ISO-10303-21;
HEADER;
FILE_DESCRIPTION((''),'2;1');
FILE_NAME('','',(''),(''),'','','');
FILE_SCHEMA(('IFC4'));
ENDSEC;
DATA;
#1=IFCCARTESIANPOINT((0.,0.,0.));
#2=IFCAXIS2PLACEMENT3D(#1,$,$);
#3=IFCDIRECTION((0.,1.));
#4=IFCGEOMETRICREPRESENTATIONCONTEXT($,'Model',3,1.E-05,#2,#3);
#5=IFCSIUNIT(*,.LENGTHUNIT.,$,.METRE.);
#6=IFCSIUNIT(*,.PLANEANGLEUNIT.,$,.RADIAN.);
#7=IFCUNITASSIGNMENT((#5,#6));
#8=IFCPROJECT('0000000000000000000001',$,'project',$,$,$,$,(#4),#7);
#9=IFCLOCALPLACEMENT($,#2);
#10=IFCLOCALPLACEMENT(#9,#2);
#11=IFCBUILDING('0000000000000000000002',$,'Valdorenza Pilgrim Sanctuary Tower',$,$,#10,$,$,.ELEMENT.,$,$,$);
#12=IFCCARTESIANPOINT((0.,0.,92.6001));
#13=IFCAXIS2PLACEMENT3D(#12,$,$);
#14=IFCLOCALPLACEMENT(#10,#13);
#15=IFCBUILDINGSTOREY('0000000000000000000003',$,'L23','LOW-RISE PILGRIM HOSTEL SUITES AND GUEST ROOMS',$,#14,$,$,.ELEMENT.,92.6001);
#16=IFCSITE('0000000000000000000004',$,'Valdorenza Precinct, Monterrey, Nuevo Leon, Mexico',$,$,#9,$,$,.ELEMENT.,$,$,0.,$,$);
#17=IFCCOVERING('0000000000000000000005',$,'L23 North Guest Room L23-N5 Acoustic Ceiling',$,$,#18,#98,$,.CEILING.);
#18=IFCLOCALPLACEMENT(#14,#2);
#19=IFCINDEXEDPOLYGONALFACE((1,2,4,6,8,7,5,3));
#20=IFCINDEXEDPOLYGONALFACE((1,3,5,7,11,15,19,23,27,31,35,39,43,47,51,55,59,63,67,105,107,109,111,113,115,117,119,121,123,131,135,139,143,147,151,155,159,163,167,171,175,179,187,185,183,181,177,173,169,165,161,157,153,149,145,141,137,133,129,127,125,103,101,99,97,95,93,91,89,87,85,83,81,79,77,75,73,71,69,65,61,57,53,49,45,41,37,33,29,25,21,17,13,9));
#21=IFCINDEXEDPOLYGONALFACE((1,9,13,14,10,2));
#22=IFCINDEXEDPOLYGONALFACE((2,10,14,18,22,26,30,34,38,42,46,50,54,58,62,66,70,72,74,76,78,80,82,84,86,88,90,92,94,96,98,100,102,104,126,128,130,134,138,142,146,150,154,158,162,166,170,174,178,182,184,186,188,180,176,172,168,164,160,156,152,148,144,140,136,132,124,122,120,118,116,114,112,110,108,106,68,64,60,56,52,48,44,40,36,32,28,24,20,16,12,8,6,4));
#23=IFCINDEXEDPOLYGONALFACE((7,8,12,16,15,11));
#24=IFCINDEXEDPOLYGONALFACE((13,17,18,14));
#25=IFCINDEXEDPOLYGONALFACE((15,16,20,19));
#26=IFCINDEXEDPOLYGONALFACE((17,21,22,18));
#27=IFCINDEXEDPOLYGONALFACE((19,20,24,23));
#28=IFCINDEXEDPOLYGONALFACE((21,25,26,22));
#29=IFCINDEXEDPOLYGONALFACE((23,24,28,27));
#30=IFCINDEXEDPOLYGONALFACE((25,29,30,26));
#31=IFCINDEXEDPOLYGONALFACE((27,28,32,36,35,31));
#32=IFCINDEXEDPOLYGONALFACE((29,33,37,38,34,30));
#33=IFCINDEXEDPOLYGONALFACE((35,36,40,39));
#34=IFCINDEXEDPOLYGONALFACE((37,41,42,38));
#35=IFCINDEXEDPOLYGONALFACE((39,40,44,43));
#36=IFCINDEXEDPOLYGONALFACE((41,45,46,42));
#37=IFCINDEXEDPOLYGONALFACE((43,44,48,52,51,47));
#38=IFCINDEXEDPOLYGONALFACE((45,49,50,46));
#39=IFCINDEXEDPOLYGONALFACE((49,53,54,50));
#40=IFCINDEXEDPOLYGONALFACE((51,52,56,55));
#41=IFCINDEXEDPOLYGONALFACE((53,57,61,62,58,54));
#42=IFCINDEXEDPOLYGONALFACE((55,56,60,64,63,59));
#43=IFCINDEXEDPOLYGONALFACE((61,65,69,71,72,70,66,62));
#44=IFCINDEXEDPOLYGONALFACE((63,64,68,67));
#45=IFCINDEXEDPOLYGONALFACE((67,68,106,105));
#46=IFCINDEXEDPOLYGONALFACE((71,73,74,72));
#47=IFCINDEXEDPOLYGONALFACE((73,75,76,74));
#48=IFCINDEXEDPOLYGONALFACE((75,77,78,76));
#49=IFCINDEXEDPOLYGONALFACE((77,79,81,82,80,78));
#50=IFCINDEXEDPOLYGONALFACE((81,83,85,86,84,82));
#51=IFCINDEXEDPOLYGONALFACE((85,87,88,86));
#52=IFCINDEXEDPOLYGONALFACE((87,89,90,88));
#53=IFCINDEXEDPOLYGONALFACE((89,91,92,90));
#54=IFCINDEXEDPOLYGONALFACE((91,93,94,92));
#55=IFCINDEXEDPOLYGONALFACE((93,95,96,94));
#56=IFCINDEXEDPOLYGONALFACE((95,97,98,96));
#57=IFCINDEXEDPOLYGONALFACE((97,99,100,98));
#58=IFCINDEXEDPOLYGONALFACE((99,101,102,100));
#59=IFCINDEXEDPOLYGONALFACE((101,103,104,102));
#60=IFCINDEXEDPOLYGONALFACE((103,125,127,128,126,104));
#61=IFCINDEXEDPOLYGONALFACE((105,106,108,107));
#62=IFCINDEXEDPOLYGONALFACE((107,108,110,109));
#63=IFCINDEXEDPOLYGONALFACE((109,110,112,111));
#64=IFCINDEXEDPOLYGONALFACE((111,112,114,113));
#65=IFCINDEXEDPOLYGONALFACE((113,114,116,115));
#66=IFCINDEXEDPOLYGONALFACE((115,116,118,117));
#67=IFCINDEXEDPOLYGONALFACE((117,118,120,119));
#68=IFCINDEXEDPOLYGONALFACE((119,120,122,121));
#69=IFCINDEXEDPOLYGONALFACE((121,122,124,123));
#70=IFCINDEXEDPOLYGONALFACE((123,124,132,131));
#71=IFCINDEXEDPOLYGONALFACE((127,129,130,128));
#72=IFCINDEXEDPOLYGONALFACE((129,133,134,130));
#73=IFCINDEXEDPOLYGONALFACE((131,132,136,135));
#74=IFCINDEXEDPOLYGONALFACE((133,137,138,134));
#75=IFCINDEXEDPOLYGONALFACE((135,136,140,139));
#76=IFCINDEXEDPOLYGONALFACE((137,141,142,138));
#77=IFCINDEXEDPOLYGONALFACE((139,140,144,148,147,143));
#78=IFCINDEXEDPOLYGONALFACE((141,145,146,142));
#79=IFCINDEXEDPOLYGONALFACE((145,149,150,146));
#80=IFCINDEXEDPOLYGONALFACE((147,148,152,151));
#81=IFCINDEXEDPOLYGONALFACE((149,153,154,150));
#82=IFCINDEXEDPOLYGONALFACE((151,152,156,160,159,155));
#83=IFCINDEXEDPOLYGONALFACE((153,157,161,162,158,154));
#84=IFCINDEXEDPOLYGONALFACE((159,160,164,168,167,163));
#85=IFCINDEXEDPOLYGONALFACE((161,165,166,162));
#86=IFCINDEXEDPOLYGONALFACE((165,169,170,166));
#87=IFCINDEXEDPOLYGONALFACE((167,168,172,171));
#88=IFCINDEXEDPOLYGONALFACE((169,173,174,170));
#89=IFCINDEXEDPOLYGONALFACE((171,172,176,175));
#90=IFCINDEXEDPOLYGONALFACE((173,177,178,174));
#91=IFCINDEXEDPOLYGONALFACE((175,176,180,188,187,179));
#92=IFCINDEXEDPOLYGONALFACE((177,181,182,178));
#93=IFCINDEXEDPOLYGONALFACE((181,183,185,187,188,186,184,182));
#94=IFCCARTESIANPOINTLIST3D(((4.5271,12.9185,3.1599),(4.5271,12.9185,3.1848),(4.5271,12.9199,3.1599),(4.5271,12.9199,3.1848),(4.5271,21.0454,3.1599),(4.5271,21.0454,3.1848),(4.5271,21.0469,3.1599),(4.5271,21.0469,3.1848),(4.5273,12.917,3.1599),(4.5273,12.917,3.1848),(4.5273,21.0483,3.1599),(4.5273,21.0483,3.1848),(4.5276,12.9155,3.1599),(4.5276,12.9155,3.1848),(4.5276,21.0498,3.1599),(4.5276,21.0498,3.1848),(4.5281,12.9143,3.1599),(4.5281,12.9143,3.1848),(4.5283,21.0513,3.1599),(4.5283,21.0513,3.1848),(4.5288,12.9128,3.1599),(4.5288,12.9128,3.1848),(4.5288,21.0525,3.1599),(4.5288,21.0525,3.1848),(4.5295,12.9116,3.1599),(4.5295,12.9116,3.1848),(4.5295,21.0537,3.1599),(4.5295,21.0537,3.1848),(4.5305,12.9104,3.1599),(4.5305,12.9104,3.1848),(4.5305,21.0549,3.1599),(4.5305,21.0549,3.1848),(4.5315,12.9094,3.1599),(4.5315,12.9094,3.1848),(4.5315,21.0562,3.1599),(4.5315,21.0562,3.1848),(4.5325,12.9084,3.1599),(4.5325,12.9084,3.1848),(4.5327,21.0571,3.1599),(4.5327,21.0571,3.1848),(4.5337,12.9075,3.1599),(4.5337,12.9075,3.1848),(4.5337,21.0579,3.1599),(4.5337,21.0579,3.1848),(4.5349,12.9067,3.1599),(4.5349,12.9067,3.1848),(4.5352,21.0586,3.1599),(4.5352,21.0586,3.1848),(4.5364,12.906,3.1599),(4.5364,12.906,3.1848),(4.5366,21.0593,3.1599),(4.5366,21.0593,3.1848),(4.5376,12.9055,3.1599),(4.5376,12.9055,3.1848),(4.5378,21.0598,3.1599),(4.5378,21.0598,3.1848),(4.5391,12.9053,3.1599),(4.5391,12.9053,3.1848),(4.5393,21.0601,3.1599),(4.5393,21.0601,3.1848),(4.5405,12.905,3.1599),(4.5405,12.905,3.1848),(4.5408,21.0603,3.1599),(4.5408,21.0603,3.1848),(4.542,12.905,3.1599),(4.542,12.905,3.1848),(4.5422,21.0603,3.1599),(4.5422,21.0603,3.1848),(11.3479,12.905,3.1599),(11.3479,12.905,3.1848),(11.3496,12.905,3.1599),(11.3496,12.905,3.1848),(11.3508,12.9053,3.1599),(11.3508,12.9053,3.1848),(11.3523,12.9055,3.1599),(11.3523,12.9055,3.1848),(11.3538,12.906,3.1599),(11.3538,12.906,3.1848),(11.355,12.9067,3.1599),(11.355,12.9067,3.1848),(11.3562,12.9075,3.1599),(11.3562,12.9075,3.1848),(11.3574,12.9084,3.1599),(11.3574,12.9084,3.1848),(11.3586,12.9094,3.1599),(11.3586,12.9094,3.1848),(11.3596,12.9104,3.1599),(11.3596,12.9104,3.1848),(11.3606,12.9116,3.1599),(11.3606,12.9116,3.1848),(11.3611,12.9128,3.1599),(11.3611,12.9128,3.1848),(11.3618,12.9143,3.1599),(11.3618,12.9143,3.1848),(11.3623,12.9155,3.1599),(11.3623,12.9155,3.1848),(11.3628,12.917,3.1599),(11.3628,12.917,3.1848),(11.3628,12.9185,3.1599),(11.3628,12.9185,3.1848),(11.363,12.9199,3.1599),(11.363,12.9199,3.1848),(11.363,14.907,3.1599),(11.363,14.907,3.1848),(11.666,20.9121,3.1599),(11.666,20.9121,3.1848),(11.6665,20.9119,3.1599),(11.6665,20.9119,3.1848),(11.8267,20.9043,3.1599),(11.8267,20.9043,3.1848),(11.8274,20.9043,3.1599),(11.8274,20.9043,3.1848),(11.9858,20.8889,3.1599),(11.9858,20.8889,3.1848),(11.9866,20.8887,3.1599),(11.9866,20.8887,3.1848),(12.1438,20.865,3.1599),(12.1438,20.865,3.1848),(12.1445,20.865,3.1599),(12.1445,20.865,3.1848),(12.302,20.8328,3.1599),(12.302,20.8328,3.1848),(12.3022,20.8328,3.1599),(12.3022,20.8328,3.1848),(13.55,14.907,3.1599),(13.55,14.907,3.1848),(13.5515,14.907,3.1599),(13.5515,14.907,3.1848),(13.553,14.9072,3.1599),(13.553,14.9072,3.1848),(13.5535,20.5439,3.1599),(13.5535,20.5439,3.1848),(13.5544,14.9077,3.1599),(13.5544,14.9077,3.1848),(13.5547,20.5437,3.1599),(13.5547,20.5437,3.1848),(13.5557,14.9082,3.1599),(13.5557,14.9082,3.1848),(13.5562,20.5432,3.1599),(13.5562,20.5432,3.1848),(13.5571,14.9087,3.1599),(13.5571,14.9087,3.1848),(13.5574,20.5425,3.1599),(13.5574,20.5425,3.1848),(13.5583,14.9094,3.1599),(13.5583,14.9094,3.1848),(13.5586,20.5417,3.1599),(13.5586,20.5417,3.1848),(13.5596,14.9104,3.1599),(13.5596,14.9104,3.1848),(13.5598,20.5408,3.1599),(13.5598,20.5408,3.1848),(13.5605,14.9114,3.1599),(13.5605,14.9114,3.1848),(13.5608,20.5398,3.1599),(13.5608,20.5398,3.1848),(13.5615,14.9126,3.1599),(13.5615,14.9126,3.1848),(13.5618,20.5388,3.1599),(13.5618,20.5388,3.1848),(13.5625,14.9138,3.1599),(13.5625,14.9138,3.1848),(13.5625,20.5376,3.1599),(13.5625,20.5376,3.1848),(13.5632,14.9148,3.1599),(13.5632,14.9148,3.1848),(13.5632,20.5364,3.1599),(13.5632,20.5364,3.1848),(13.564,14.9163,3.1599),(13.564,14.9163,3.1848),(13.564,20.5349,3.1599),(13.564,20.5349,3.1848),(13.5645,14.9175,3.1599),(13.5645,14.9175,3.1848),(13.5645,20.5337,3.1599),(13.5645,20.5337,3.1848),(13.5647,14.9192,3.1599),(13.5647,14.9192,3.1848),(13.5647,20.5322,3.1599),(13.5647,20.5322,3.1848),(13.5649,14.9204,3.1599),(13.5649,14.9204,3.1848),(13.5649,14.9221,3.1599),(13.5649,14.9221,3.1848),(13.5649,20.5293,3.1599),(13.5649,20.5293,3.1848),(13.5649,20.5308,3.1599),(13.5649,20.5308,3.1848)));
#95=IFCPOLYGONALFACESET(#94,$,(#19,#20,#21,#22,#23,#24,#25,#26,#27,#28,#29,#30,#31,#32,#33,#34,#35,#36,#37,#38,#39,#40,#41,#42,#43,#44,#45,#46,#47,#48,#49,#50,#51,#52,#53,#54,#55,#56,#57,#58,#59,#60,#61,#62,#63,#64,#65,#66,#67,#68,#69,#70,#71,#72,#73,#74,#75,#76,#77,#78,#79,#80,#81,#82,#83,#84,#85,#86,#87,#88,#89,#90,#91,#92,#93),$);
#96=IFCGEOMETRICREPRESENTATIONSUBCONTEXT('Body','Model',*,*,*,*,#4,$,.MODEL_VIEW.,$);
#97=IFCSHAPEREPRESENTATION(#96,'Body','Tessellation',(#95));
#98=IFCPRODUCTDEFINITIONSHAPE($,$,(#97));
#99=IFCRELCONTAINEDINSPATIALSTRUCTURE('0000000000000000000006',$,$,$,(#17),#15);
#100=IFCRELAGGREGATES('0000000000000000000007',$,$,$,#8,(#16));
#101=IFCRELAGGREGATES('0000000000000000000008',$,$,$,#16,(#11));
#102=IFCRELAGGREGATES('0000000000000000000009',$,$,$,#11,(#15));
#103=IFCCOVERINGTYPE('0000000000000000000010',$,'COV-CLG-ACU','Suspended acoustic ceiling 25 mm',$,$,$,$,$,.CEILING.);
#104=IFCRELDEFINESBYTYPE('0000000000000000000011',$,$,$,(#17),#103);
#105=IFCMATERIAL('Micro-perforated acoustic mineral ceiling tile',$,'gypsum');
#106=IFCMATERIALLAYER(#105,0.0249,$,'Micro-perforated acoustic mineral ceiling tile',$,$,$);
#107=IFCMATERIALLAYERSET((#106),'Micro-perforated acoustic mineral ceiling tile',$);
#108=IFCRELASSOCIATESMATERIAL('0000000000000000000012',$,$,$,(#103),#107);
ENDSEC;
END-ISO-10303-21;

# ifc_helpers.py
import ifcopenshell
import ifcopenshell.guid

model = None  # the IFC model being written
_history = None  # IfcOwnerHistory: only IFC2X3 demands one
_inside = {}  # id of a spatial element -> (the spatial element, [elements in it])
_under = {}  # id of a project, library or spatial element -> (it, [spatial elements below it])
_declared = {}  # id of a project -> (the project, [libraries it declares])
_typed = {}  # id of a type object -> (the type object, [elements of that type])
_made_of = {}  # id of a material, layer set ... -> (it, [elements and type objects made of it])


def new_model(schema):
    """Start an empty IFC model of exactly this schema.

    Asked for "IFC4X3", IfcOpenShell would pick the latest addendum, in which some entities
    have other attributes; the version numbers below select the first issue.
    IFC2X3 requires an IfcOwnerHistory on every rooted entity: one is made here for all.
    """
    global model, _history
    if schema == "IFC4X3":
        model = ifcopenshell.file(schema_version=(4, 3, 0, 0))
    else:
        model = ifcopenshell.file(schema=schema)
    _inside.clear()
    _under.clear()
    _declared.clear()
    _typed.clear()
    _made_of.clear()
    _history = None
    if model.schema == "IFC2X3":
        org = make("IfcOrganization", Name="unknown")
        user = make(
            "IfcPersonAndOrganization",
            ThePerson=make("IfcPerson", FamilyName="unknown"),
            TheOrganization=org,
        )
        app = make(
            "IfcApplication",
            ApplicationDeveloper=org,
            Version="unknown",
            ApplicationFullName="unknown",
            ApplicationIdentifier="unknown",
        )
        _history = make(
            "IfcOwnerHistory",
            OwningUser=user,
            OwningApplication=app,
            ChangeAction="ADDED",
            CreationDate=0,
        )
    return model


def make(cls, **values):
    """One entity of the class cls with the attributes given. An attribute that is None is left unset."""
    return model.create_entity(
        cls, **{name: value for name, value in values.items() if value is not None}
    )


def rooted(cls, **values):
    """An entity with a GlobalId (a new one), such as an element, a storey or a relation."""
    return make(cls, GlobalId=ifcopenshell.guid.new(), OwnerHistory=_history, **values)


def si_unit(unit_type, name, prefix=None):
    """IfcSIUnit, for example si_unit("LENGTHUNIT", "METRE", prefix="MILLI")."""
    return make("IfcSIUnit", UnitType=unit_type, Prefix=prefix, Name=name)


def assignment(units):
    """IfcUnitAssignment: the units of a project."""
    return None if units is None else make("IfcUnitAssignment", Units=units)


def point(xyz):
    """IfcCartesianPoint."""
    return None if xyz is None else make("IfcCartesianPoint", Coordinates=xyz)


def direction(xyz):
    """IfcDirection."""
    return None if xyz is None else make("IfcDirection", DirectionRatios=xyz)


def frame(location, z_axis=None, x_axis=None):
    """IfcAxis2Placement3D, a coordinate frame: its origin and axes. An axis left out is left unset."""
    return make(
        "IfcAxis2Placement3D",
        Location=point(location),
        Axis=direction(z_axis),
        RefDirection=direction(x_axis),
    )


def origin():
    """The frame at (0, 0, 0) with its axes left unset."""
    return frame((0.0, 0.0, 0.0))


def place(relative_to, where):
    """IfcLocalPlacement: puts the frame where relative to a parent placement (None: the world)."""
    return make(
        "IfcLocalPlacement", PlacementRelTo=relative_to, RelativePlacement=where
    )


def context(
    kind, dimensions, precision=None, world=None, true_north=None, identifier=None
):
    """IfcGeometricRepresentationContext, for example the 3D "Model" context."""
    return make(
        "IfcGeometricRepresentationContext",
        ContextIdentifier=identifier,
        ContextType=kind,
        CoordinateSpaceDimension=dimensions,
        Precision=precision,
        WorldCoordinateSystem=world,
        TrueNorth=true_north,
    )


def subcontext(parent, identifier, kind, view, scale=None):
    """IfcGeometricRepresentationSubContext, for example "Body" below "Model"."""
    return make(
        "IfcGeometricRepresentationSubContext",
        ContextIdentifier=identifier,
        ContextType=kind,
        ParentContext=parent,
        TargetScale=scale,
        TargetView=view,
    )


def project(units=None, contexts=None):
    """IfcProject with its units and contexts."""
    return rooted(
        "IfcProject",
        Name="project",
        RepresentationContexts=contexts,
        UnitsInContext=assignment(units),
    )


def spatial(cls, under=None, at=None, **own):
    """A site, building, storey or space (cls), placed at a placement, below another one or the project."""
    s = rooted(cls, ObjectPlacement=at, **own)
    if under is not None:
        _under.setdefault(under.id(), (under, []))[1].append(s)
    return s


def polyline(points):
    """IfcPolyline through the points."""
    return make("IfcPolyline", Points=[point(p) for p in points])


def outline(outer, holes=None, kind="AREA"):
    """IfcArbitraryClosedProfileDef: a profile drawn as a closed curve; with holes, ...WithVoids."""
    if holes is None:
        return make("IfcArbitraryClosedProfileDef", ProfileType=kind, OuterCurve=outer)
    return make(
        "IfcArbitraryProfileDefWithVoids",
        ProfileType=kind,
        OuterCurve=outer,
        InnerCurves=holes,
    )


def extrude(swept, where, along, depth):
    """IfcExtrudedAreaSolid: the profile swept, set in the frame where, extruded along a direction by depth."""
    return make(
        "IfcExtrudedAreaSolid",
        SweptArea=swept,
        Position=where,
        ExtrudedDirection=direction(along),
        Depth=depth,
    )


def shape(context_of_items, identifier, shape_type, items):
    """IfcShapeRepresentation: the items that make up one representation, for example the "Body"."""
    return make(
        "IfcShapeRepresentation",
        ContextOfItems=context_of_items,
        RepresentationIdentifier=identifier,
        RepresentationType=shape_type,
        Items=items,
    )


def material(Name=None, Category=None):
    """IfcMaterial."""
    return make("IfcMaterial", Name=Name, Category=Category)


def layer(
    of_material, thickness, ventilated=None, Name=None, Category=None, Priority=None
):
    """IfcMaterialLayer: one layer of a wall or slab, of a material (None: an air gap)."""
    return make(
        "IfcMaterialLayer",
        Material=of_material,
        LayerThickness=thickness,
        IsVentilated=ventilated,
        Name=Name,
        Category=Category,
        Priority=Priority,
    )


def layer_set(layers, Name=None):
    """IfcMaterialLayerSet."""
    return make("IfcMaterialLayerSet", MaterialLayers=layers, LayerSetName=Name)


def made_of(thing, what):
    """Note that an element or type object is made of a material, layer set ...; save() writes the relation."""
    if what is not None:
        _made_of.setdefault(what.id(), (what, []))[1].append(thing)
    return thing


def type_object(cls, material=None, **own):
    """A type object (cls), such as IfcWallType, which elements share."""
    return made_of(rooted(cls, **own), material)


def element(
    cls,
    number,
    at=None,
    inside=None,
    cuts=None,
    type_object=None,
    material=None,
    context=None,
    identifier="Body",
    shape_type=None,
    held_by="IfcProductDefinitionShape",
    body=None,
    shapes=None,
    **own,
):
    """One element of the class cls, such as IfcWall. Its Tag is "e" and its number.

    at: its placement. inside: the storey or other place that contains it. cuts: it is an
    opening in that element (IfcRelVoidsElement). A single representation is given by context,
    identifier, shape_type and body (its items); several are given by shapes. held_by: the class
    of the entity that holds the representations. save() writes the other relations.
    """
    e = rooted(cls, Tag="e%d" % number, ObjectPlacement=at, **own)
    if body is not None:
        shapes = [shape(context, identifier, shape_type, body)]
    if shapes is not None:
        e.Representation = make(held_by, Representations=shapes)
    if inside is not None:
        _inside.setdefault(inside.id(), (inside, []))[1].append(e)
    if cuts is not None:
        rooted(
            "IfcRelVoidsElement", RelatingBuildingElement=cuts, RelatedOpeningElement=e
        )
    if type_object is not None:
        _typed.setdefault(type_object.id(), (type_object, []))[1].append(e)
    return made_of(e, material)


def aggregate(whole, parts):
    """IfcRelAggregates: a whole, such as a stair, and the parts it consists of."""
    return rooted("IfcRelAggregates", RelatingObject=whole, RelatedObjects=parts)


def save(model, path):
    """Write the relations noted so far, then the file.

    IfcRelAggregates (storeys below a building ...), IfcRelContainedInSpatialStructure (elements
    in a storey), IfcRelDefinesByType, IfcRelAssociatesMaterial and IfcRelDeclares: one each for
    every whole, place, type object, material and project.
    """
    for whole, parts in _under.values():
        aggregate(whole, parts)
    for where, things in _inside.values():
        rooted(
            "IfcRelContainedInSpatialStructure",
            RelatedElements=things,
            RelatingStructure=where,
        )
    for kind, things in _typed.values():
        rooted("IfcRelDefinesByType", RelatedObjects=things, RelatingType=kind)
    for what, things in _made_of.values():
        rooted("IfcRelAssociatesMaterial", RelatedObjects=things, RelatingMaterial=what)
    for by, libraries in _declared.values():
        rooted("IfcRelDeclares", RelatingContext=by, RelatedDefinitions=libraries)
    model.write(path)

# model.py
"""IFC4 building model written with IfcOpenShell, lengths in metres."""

from ifc_helpers import new_model, si_unit, direction, frame, origin, place, context, subcontext, project, spatial, polyline, outline, extrude, material, layer, layer_set, type_object, element, save


model = new_model("IFC4")

# Units and contexts
model_context = context("Model", 3, precision=1e-05, world=origin(), true_north=direction((0.0, 1.0)))
body_context = subcontext(model_context, "Body", "Model", "MODEL_VIEW")
ifc_project = project(units=[si_unit("LENGTHUNIT", "METRE"), si_unit("PLANEANGLEUNIT", "RADIAN")], contexts=[model_context])

# Site, building, storey
site_placement = place(None, origin())
site = spatial("IfcSite", under=ifc_project, at=site_placement, Name="Valdorenza Precinct, Monterrey, Nuevo Leon, Mexico", CompositionType="ELEMENT", RefElevation=0.0)
building_placement = place(site_placement, origin())
building = spatial("IfcBuilding", under=site, at=building_placement, Name="Valdorenza Pilgrim Sanctuary Tower", CompositionType="ELEMENT")
storey_placement = place(building_placement, frame((0.0, 0.0, 92.6001)))
storey = spatial("IfcBuildingStorey", under=building, at=storey_placement, Name="L23", Description="LOW-RISE PILGRIM HOSTEL SUITES AND GUEST ROOMS", CompositionType="ELEMENT", Elevation=92.6001)

# Covering
ifc_material_1 = material(Name="Micro-perforated acoustic mineral ceiling tile", Category="gypsum")
ifc_layer_1 = layer(ifc_material_1, 0.0249, Name="Micro-perforated acoustic mineral ceiling tile")
ifc_layer_set_1 = layer_set([ifc_layer_1], Name="Micro-perforated acoustic mineral ceiling tile")
covering_type_1 = type_object("IfcCoveringType", Name="COV-CLG-ACU", Description="Suspended acoustic ceiling 25 mm", PredefinedType="CEILING", material=ifc_layer_set_1)
covering_1_placement = place(storey_placement, frame((0.0, 0.0, 3.1599)))
element("IfcCovering", 1, at=covering_1_placement, inside=storey, type_object=covering_type_1, Name="L23 North Guest Room L23-N5 Acoustic Ceiling", PredefinedType="CEILING", context=body_context, shape_type="SweptSolid", body=[
    extrude(outline(polyline([(11.363, 14.907), (11.363, 12.9199), (11.3628, 12.9185), (11.3628, 12.917), (11.3623, 12.9155), (11.3618, 12.9143), (11.3611, 12.9128), (11.3606, 12.9116), (11.3596, 12.9104), (11.3586, 12.9094), (11.3574, 12.9084), (11.3562, 12.9075), (11.355, 12.9067), (11.3538, 12.906), (11.3523, 12.9055), (11.3508, 12.9053), (11.3496, 12.905), (11.3479, 12.905), (4.542, 12.905), (4.5405, 12.905), (4.5391, 12.9053), (4.5376, 12.9055), (4.5364, 12.906), (4.5349, 12.9067), (4.5337, 12.9075), (4.5325, 12.9084), (4.5315, 12.9094), (4.5305, 12.9104), (4.5295, 12.9116), (4.5288, 12.9128), (4.5281, 12.9143), (4.5276, 12.9155), (4.5273, 12.917), (4.5271, 12.9185), (4.5271, 12.9199), (4.5271, 21.0454), (4.5271, 21.0469), (4.5273, 21.0483), (4.5276, 21.0498), (4.5283, 21.0513), (4.5288, 21.0525), (4.5295, 21.0537), (4.5305, 21.0549), (4.5315, 21.0562), (4.5327, 21.0571), (4.5337, 21.0579), (4.5352, 21.0586), (4.5366, 21.0593), (4.5378, 21.0598), (4.5393, 21.0601), (4.5408, 21.0603), (4.5422, 21.0603), (11.666, 20.9121), (11.6665, 20.9119), (11.8267, 20.9043), (11.8274, 20.9043), (11.9858, 20.8889), (11.9866, 20.8887), (12.1438, 20.865), (12.1445, 20.865), (12.302, 20.8328), (12.3022, 20.8328), (13.5535, 20.5439), (13.5547, 20.5437), (13.5562, 20.5432), (13.5574, 20.5425), (13.5586, 20.5417), (13.5598, 20.5408), (13.5608, 20.5398), (13.5618, 20.5388), (13.5625, 20.5376), (13.5632, 20.5364), (13.564, 20.5349), (13.5645, 20.5337), (13.5647, 20.5322), (13.5649, 20.5308), (13.5649, 20.5293), (13.5649, 14.9221), (13.5649, 14.9204), (13.5647, 14.9192), (13.5645, 14.9175), (13.564, 14.9163), (13.5632, 14.9148), (13.5625, 14.9138), (13.5615, 14.9126), (13.5605, 14.9114), (13.5596, 14.9104), (13.5583, 14.9094), (13.5571, 14.9087), (13.5557, 14.9082), (13.5544, 14.9077), (13.553, 14.9072), (13.5515, 14.907), (13.55, 14.907), (11.363, 14.907)])), origin(), (0.0, 0.0, 1.0), 0.0249),
])

save(model, "model.ifc")
